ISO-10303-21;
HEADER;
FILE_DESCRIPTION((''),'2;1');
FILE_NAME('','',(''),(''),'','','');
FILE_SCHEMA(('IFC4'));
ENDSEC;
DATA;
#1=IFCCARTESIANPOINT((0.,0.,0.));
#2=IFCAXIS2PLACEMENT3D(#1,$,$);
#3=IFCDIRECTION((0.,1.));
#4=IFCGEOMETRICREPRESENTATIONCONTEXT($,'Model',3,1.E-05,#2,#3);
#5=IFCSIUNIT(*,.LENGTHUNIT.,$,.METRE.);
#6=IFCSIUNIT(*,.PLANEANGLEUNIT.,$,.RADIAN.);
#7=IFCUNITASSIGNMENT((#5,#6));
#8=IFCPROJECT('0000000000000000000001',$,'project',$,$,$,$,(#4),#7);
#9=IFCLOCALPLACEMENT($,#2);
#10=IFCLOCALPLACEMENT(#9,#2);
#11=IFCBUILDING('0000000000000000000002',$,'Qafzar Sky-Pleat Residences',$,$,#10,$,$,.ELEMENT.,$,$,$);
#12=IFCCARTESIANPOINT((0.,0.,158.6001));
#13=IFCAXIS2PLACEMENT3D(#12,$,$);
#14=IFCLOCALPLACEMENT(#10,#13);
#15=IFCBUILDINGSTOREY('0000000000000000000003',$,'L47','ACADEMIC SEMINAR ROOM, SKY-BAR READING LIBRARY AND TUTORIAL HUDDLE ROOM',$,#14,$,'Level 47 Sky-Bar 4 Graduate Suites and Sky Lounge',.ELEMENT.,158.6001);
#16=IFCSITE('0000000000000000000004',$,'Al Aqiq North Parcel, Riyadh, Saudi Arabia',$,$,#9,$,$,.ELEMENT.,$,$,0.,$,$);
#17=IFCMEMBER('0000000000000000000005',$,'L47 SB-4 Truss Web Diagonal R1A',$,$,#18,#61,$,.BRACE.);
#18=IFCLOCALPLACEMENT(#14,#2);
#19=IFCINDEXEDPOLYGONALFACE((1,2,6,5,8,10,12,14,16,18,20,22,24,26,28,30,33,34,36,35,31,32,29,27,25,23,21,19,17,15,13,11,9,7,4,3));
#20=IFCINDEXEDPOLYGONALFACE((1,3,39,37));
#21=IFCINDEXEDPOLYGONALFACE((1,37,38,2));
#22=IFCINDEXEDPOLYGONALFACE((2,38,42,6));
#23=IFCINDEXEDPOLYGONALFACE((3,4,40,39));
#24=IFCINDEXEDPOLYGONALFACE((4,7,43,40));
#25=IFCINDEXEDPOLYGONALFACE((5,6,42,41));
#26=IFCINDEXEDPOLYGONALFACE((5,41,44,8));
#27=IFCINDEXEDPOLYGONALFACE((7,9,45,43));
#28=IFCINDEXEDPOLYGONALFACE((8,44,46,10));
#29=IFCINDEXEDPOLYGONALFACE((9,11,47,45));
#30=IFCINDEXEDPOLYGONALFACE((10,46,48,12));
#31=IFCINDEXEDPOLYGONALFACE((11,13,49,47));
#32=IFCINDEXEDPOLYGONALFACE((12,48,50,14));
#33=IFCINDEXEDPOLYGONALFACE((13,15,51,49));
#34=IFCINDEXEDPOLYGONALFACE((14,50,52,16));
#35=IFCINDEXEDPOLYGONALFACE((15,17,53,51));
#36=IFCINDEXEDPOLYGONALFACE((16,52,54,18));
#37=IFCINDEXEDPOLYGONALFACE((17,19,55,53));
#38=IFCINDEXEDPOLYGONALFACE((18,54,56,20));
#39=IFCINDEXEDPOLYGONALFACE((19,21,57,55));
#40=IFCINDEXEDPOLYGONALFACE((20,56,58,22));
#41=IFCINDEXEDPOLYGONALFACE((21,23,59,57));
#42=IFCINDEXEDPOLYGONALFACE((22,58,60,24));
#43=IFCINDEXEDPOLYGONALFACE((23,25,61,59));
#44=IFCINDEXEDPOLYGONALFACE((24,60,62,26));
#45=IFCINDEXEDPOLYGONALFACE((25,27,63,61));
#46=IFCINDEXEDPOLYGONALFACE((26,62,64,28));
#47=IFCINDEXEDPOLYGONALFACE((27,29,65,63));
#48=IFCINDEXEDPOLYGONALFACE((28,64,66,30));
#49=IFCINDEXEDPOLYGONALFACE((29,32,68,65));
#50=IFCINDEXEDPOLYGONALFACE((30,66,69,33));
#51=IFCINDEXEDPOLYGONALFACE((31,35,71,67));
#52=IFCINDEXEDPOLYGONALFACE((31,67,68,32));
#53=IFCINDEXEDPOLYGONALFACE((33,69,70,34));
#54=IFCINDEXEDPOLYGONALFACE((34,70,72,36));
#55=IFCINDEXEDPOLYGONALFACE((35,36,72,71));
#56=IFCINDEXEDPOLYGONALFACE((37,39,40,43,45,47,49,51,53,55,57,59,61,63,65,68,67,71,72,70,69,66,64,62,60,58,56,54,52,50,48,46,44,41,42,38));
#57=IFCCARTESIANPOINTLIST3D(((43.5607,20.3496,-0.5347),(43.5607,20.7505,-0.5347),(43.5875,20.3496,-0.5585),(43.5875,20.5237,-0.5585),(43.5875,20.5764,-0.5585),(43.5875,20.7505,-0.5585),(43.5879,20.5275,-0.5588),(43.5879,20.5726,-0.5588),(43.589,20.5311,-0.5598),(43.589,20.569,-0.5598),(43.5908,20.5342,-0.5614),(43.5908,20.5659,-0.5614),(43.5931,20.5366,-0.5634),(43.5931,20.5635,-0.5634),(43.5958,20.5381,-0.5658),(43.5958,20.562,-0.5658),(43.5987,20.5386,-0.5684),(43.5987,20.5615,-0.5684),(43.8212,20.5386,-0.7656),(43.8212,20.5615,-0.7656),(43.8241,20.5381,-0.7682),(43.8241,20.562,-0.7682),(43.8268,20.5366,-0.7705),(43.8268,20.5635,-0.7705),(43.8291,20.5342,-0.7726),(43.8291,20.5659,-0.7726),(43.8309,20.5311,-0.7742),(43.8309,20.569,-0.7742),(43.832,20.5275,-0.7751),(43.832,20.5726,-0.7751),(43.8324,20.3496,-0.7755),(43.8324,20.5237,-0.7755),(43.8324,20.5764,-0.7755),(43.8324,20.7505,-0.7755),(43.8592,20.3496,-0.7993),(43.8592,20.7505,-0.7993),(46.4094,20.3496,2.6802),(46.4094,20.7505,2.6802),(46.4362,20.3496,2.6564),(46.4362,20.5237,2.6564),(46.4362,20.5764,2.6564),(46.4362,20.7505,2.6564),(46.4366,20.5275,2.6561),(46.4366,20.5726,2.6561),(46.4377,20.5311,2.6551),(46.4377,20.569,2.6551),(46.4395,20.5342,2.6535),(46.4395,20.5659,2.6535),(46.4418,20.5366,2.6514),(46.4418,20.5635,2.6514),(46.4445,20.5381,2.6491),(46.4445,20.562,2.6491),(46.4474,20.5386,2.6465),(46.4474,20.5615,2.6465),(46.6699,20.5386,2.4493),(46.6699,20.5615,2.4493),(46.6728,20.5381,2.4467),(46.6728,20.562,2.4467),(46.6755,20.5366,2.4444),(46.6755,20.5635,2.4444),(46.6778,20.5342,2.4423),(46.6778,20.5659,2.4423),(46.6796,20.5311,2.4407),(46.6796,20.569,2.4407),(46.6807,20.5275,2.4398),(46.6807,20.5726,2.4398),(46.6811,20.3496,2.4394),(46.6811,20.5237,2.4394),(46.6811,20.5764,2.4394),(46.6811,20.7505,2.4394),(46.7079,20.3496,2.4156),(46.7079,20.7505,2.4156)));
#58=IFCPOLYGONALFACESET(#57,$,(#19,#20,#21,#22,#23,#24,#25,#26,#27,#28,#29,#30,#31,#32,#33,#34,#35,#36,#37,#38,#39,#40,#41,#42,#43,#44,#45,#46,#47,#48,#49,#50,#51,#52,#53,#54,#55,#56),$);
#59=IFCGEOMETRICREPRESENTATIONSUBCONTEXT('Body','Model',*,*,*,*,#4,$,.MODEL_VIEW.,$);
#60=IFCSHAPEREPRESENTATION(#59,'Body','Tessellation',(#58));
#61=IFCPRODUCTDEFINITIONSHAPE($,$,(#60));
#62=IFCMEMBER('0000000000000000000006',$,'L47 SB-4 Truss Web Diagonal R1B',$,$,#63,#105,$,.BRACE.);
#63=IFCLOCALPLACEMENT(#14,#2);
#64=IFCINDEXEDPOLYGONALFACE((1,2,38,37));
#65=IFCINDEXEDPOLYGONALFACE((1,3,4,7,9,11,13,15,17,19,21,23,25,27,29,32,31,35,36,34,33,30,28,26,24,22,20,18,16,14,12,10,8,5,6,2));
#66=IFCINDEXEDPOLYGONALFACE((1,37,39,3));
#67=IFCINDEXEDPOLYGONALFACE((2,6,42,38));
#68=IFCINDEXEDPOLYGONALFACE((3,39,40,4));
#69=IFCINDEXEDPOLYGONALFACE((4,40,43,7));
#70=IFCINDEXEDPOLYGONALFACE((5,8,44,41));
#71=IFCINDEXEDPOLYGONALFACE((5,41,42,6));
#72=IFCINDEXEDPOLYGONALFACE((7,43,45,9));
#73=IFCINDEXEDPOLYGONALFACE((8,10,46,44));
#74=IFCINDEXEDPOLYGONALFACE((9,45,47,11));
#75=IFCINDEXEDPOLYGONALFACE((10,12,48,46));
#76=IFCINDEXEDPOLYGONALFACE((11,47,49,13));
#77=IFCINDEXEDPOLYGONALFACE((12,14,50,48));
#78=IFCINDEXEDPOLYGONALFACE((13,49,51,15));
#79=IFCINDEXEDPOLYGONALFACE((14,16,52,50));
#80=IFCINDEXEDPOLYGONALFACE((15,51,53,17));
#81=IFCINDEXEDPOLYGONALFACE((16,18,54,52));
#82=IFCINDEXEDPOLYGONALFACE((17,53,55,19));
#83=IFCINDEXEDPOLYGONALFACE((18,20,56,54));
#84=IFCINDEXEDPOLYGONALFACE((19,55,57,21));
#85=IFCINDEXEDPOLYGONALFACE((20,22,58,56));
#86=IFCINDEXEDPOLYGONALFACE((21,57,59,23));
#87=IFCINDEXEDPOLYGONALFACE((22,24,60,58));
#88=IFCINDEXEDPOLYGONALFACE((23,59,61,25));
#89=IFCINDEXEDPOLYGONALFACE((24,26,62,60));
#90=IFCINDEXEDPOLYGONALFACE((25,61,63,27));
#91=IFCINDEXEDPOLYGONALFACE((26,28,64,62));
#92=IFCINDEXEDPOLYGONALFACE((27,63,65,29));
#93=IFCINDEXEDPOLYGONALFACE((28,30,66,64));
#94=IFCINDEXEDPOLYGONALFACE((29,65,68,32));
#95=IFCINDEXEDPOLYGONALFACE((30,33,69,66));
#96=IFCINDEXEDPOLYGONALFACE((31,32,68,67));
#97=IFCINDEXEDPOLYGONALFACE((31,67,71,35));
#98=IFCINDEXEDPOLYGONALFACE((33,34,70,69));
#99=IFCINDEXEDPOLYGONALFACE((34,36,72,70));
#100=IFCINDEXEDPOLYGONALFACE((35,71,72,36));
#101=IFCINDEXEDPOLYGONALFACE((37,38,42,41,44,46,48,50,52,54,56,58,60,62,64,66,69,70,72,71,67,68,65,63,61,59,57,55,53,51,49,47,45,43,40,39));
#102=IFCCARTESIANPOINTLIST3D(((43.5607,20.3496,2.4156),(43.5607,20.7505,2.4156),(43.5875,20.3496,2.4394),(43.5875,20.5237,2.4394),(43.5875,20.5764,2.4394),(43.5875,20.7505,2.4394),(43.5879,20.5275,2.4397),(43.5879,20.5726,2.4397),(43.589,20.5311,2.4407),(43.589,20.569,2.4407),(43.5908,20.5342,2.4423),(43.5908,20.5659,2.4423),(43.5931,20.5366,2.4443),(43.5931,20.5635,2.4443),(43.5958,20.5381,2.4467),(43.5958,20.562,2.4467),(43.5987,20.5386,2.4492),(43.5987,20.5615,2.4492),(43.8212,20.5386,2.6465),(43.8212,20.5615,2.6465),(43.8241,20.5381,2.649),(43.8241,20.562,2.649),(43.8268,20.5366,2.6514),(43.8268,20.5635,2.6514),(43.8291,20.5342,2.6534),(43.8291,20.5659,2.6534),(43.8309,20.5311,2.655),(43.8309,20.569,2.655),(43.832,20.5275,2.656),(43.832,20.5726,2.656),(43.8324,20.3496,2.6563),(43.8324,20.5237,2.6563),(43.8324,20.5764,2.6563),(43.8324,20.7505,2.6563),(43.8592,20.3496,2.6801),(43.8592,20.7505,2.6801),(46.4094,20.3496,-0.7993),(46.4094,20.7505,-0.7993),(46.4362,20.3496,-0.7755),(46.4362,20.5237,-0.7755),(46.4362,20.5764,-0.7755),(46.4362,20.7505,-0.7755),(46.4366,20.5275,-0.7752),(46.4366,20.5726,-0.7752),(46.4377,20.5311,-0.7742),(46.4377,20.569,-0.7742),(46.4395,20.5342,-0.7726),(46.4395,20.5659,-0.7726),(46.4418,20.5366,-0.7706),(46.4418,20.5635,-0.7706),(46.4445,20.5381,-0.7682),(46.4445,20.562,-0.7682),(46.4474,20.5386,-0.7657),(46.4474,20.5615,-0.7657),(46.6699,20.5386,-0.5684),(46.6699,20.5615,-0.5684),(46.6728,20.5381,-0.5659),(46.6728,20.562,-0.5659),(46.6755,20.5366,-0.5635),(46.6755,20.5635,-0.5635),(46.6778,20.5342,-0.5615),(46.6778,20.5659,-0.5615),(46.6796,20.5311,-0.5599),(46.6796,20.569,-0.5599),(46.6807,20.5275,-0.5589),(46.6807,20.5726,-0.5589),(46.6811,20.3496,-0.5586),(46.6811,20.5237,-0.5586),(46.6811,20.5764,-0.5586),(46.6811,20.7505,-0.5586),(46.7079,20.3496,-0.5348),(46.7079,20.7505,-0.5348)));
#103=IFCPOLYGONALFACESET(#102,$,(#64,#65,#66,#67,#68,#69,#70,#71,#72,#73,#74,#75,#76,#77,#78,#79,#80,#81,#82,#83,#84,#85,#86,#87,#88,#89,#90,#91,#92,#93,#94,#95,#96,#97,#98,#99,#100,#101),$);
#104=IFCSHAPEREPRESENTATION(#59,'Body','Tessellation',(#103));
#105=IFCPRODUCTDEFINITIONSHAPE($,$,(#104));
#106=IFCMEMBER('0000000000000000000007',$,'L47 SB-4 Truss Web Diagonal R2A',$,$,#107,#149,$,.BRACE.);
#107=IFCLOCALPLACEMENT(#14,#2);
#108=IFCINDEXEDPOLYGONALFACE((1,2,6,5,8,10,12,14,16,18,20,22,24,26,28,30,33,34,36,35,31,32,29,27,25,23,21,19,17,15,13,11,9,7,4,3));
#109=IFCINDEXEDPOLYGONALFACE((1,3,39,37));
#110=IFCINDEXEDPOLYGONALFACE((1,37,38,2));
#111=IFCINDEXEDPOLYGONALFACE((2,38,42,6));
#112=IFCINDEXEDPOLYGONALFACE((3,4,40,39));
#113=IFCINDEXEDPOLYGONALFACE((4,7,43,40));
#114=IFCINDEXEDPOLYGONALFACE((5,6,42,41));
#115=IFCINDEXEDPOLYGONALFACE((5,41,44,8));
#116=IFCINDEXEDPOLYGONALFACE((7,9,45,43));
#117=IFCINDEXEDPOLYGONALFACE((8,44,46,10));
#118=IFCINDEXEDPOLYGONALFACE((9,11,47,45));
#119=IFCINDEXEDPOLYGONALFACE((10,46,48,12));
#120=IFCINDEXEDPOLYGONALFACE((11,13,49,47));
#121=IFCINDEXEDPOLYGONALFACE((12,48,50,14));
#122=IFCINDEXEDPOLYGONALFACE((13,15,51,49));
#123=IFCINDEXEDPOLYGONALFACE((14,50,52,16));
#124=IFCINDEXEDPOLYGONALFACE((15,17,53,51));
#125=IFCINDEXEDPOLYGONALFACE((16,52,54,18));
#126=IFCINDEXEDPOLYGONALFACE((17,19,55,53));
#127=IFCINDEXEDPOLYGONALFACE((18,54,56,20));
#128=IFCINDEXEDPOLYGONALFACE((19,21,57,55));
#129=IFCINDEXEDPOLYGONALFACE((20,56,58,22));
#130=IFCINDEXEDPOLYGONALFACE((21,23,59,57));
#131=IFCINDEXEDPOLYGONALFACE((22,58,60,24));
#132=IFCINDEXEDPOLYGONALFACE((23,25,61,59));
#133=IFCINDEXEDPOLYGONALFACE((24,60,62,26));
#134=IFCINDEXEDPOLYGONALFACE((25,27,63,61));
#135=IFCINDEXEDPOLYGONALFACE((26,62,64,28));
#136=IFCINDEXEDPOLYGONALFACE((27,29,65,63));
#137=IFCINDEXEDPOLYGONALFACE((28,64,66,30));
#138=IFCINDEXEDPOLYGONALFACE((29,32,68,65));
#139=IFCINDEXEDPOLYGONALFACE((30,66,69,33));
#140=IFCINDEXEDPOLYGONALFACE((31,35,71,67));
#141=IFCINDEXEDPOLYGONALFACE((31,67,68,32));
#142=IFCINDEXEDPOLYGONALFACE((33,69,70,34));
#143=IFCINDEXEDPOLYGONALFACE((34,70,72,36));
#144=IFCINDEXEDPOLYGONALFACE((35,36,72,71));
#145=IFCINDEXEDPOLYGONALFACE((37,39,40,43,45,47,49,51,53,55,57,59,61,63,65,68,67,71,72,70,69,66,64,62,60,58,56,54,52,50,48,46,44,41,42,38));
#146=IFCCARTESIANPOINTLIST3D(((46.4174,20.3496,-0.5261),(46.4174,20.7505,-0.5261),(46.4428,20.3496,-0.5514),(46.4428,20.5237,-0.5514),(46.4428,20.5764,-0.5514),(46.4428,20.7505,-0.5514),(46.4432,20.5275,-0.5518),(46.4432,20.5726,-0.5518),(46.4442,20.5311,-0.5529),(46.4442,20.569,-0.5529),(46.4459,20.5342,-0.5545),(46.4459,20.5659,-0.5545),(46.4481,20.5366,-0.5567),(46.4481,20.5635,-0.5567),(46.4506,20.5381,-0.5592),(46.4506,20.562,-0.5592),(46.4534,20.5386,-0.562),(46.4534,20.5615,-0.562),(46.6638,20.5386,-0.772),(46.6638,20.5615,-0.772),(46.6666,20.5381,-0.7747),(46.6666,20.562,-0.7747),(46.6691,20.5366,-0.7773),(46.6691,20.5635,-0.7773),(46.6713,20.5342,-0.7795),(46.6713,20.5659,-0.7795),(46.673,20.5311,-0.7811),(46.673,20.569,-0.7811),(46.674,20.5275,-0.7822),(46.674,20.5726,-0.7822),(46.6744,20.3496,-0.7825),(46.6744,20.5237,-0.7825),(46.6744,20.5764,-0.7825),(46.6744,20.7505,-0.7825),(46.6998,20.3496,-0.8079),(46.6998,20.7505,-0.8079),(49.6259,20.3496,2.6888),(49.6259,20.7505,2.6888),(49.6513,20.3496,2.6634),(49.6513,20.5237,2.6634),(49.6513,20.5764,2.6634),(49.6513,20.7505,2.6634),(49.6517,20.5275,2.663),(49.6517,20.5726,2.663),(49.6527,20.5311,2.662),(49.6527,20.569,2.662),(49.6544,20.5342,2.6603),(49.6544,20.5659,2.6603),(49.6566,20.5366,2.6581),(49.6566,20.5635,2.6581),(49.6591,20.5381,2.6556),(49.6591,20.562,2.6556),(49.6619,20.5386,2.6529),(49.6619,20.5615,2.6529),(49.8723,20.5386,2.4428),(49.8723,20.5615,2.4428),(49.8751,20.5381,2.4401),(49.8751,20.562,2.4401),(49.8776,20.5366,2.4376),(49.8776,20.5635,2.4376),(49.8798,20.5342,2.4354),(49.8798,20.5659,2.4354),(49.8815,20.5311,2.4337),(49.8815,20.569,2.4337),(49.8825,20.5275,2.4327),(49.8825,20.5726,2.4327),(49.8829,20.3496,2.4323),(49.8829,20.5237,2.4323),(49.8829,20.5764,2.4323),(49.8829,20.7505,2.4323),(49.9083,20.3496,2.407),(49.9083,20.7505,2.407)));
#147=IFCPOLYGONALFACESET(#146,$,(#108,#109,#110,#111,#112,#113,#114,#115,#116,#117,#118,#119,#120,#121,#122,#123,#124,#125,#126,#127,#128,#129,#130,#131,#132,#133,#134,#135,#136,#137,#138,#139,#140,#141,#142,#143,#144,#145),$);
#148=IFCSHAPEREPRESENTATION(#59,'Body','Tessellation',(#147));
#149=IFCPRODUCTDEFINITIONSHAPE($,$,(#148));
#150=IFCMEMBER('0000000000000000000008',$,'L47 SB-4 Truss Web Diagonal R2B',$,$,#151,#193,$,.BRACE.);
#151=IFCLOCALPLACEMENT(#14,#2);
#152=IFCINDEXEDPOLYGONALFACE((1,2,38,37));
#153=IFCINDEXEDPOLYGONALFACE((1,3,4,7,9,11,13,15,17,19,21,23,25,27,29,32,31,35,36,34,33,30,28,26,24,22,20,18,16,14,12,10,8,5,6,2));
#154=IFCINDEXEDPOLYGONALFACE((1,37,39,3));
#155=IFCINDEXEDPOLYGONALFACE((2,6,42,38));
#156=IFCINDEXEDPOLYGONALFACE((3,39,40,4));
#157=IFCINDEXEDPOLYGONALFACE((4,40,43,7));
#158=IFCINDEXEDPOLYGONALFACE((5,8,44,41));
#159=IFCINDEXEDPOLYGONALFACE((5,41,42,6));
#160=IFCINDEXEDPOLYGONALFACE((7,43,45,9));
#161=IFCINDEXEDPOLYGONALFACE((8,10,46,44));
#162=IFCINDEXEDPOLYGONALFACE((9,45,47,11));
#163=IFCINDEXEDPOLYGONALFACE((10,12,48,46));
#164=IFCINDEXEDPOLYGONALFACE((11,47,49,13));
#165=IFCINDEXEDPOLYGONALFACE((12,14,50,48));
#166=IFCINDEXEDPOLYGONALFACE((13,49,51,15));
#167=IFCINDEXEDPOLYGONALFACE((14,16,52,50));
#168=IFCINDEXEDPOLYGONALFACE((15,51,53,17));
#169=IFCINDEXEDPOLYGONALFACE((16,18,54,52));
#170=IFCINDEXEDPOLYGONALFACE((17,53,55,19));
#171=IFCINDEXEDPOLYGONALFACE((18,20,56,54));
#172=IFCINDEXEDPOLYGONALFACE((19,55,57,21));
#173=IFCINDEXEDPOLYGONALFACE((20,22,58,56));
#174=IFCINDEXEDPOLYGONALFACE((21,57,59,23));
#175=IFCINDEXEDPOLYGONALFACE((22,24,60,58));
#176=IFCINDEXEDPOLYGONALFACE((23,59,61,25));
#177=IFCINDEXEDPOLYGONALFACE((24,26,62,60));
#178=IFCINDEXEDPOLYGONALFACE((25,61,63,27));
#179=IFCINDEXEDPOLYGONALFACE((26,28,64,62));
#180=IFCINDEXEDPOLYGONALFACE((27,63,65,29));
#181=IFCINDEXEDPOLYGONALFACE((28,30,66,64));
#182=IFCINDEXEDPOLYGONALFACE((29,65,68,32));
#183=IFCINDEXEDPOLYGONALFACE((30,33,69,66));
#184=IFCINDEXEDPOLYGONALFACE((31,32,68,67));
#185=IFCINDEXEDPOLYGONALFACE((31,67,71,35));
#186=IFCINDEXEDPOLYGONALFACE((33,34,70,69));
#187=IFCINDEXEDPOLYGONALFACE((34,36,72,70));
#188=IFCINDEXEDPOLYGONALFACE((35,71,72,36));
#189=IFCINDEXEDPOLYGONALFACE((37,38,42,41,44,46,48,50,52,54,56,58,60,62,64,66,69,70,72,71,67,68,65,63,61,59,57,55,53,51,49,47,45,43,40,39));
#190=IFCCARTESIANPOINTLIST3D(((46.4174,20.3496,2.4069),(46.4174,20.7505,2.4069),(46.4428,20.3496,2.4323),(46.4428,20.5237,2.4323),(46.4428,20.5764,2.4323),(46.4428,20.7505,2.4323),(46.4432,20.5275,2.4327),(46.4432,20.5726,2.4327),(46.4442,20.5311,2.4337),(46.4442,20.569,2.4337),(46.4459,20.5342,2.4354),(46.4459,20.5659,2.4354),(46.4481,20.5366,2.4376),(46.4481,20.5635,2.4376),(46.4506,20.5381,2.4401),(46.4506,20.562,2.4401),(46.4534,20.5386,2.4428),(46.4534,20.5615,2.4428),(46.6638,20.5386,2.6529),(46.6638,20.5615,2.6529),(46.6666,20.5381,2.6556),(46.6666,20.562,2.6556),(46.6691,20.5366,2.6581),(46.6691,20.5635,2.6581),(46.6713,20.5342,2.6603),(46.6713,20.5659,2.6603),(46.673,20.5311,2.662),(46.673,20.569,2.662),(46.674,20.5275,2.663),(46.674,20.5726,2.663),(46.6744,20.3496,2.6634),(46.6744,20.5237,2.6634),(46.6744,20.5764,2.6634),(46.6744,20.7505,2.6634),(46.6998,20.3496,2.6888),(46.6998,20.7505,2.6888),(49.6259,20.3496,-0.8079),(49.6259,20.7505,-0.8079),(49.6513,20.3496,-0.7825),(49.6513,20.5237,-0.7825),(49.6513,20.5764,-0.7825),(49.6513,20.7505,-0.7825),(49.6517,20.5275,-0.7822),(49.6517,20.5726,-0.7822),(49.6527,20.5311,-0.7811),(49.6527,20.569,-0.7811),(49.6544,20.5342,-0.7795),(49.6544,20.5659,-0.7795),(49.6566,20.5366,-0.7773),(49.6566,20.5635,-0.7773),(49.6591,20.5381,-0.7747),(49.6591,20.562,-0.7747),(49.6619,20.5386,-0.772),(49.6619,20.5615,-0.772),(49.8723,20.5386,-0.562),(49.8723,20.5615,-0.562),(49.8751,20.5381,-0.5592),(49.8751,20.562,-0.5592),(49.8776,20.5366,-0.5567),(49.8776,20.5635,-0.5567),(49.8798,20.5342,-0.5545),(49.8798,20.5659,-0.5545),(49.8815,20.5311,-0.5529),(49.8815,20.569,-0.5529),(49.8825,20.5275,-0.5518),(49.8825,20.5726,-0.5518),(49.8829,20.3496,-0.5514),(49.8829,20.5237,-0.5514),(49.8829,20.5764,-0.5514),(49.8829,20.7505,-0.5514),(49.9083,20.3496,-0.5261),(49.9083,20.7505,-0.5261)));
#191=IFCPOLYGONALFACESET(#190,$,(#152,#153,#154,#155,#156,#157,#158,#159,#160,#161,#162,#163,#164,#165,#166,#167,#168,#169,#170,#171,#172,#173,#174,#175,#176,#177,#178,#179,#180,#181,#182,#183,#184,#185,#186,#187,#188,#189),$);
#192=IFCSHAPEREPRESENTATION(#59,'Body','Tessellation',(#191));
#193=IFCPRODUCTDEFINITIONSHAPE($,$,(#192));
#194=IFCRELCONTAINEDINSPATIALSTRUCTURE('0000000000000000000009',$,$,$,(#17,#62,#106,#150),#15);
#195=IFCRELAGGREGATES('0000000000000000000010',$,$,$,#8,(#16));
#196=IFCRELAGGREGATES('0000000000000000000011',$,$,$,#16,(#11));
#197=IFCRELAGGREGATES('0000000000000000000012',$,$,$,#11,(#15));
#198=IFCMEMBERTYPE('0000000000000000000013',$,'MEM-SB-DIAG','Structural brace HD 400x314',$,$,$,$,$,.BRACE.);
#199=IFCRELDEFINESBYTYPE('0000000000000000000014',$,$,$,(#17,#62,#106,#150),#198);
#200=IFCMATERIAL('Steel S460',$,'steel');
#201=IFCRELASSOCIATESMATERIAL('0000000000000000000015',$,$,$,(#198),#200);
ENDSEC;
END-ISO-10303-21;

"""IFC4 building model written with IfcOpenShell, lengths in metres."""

from ifc_helpers import new_model, si_unit, direction, frame, origin, origin_2d, place, context, subcontext, project, spatial, i_section, extrude, source, transform, mapped, material, material_profile, profile_set, type_object, element, save


model = new_model("IFC4")

# Units and contexts
model_context = context("Model", 3, precision=1e-05, world=origin(), true_north=direction((0.0, 1.0)))
body_context = subcontext(model_context, "Body", "Model", "MODEL_VIEW")
ifc_project = project(units=[si_unit("LENGTHUNIT", "METRE"), si_unit("PLANEANGLEUNIT", "RADIAN")], contexts=[model_context])

# Site, building, storey
site_placement = place(None, origin())
site = spatial("IfcSite", under=ifc_project, at=site_placement, Name="Al Aqiq North Parcel, Riyadh, Saudi Arabia", CompositionType="ELEMENT", RefElevation=0.0)
building_placement = place(site_placement, origin())
building = spatial("IfcBuilding", under=site, at=building_placement, Name="Qafzar Sky-Pleat Residences", CompositionType="ELEMENT")
storey_placement = place(building_placement, frame((0.0, 0.0, 158.6001)))
storey = spatial("IfcBuildingStorey", under=building, at=storey_placement, Name="L47", Description="ACADEMIC SEMINAR ROOM, SKY-BAR READING LIBRARY AND TUTORIAL HUDDLE ROOM", LongName="Level 47 Sky-Bar 4 Graduate Suites and Sky Lounge", CompositionType="ELEMENT", Elevation=158.6001)

# Shared definitions
ifc_material_1 = material(Name="Steel S460", Category="steel")

# Members
ifc_material_profile_1 = material_profile(ifc_material_1, i_section(OverallWidth=0.4009, OverallDepth=0.3989, WebThickness=0.0229, FlangeThickness=0.0359, FilletRadius=0.0149, at=origin_2d()), Name="HD 400x314")
ifc_profile_set_1 = profile_set([ifc_material_profile_1], Name="Steel S460")
member_type = type_object("IfcMemberType", Name="MEM-SB-DIAG", Description="Structural brace HD 400x314", PredefinedType="BRACE", material=ifc_profile_set_1)
shared_shape_1 = source(origin(), body_context, "Body", "SweptSolid", [
    extrude(i_section(OverallWidth=0.4009, OverallDepth=0.3989, WebThickness=0.0229, FlangeThickness=0.0359, FilletRadius=0.0149, at=origin_2d()), origin(), (0.0, 0.0, 1.0), 4.2954),
])
for number, where, z_axis, x_axis, name in (
    (1, (43.71, 20.55, -0.667), (0.663192, 0.0, 0.74845), (0.0, 1.0, 0.0), "L47 SB-4 Truss Web Diagonal R1A"),
    (2, (43.71, 20.55, 2.5479), (0.663192, 0.0, -0.74845), (0.0, 1.0, 0.0), "L47 SB-4 Truss Web Diagonal R1B"),
):
    element("IfcMember", number, at=place(storey_placement, frame(where, z_axis=z_axis, x_axis=x_axis)), inside=storey, type_object=member_type, Name=name, PredefinedType="BRACE", context=body_context, shape_type="MappedRepresentation", body=[
        mapped(shared_shape_1, transform((0.0, 0.0, 0.0), x_axis=(1.0, 0.0, 0.0), y_axis=(0.0, 1.0, 0.0), z_axis=(0.0, 0.0, 1.0), scale=1.0)),
    ])
shared_shape_2 = source(origin(), body_context, "Body", "SweptSolid", [
    extrude(i_section(OverallWidth=0.4009, OverallDepth=0.3989, WebThickness=0.0229, FlangeThickness=0.0359, FilletRadius=0.0149, at=origin_2d()), origin(), (0.0, 0.0, 1.0), 4.542),
])
for number, where, z_axis, x_axis, name in (
    (3, (46.5586, 20.55, -0.667), (0.706408, 0.0, 0.707805), (0.0, 1.0, 0.0), "L47 SB-4 Truss Web Diagonal R2A"),
    (4, (46.5586, 20.55, 2.5479), (0.706408, 0.0, -0.707805), (0.0, 1.0, 0.0), "L47 SB-4 Truss Web Diagonal R2B"),
):
    element("IfcMember", number, at=place(storey_placement, frame(where, z_axis=z_axis, x_axis=x_axis)), inside=storey, type_object=member_type, Name=name, PredefinedType="BRACE", context=body_context, shape_type="MappedRepresentation", body=[
        mapped(shared_shape_2, transform((0.0, 0.0, 0.0), x_axis=(1.0, 0.0, 0.0), y_axis=(0.0, 1.0, 0.0), z_axis=(0.0, 0.0, 1.0), scale=1.0)),
    ])

save(model, "model.ifc")
